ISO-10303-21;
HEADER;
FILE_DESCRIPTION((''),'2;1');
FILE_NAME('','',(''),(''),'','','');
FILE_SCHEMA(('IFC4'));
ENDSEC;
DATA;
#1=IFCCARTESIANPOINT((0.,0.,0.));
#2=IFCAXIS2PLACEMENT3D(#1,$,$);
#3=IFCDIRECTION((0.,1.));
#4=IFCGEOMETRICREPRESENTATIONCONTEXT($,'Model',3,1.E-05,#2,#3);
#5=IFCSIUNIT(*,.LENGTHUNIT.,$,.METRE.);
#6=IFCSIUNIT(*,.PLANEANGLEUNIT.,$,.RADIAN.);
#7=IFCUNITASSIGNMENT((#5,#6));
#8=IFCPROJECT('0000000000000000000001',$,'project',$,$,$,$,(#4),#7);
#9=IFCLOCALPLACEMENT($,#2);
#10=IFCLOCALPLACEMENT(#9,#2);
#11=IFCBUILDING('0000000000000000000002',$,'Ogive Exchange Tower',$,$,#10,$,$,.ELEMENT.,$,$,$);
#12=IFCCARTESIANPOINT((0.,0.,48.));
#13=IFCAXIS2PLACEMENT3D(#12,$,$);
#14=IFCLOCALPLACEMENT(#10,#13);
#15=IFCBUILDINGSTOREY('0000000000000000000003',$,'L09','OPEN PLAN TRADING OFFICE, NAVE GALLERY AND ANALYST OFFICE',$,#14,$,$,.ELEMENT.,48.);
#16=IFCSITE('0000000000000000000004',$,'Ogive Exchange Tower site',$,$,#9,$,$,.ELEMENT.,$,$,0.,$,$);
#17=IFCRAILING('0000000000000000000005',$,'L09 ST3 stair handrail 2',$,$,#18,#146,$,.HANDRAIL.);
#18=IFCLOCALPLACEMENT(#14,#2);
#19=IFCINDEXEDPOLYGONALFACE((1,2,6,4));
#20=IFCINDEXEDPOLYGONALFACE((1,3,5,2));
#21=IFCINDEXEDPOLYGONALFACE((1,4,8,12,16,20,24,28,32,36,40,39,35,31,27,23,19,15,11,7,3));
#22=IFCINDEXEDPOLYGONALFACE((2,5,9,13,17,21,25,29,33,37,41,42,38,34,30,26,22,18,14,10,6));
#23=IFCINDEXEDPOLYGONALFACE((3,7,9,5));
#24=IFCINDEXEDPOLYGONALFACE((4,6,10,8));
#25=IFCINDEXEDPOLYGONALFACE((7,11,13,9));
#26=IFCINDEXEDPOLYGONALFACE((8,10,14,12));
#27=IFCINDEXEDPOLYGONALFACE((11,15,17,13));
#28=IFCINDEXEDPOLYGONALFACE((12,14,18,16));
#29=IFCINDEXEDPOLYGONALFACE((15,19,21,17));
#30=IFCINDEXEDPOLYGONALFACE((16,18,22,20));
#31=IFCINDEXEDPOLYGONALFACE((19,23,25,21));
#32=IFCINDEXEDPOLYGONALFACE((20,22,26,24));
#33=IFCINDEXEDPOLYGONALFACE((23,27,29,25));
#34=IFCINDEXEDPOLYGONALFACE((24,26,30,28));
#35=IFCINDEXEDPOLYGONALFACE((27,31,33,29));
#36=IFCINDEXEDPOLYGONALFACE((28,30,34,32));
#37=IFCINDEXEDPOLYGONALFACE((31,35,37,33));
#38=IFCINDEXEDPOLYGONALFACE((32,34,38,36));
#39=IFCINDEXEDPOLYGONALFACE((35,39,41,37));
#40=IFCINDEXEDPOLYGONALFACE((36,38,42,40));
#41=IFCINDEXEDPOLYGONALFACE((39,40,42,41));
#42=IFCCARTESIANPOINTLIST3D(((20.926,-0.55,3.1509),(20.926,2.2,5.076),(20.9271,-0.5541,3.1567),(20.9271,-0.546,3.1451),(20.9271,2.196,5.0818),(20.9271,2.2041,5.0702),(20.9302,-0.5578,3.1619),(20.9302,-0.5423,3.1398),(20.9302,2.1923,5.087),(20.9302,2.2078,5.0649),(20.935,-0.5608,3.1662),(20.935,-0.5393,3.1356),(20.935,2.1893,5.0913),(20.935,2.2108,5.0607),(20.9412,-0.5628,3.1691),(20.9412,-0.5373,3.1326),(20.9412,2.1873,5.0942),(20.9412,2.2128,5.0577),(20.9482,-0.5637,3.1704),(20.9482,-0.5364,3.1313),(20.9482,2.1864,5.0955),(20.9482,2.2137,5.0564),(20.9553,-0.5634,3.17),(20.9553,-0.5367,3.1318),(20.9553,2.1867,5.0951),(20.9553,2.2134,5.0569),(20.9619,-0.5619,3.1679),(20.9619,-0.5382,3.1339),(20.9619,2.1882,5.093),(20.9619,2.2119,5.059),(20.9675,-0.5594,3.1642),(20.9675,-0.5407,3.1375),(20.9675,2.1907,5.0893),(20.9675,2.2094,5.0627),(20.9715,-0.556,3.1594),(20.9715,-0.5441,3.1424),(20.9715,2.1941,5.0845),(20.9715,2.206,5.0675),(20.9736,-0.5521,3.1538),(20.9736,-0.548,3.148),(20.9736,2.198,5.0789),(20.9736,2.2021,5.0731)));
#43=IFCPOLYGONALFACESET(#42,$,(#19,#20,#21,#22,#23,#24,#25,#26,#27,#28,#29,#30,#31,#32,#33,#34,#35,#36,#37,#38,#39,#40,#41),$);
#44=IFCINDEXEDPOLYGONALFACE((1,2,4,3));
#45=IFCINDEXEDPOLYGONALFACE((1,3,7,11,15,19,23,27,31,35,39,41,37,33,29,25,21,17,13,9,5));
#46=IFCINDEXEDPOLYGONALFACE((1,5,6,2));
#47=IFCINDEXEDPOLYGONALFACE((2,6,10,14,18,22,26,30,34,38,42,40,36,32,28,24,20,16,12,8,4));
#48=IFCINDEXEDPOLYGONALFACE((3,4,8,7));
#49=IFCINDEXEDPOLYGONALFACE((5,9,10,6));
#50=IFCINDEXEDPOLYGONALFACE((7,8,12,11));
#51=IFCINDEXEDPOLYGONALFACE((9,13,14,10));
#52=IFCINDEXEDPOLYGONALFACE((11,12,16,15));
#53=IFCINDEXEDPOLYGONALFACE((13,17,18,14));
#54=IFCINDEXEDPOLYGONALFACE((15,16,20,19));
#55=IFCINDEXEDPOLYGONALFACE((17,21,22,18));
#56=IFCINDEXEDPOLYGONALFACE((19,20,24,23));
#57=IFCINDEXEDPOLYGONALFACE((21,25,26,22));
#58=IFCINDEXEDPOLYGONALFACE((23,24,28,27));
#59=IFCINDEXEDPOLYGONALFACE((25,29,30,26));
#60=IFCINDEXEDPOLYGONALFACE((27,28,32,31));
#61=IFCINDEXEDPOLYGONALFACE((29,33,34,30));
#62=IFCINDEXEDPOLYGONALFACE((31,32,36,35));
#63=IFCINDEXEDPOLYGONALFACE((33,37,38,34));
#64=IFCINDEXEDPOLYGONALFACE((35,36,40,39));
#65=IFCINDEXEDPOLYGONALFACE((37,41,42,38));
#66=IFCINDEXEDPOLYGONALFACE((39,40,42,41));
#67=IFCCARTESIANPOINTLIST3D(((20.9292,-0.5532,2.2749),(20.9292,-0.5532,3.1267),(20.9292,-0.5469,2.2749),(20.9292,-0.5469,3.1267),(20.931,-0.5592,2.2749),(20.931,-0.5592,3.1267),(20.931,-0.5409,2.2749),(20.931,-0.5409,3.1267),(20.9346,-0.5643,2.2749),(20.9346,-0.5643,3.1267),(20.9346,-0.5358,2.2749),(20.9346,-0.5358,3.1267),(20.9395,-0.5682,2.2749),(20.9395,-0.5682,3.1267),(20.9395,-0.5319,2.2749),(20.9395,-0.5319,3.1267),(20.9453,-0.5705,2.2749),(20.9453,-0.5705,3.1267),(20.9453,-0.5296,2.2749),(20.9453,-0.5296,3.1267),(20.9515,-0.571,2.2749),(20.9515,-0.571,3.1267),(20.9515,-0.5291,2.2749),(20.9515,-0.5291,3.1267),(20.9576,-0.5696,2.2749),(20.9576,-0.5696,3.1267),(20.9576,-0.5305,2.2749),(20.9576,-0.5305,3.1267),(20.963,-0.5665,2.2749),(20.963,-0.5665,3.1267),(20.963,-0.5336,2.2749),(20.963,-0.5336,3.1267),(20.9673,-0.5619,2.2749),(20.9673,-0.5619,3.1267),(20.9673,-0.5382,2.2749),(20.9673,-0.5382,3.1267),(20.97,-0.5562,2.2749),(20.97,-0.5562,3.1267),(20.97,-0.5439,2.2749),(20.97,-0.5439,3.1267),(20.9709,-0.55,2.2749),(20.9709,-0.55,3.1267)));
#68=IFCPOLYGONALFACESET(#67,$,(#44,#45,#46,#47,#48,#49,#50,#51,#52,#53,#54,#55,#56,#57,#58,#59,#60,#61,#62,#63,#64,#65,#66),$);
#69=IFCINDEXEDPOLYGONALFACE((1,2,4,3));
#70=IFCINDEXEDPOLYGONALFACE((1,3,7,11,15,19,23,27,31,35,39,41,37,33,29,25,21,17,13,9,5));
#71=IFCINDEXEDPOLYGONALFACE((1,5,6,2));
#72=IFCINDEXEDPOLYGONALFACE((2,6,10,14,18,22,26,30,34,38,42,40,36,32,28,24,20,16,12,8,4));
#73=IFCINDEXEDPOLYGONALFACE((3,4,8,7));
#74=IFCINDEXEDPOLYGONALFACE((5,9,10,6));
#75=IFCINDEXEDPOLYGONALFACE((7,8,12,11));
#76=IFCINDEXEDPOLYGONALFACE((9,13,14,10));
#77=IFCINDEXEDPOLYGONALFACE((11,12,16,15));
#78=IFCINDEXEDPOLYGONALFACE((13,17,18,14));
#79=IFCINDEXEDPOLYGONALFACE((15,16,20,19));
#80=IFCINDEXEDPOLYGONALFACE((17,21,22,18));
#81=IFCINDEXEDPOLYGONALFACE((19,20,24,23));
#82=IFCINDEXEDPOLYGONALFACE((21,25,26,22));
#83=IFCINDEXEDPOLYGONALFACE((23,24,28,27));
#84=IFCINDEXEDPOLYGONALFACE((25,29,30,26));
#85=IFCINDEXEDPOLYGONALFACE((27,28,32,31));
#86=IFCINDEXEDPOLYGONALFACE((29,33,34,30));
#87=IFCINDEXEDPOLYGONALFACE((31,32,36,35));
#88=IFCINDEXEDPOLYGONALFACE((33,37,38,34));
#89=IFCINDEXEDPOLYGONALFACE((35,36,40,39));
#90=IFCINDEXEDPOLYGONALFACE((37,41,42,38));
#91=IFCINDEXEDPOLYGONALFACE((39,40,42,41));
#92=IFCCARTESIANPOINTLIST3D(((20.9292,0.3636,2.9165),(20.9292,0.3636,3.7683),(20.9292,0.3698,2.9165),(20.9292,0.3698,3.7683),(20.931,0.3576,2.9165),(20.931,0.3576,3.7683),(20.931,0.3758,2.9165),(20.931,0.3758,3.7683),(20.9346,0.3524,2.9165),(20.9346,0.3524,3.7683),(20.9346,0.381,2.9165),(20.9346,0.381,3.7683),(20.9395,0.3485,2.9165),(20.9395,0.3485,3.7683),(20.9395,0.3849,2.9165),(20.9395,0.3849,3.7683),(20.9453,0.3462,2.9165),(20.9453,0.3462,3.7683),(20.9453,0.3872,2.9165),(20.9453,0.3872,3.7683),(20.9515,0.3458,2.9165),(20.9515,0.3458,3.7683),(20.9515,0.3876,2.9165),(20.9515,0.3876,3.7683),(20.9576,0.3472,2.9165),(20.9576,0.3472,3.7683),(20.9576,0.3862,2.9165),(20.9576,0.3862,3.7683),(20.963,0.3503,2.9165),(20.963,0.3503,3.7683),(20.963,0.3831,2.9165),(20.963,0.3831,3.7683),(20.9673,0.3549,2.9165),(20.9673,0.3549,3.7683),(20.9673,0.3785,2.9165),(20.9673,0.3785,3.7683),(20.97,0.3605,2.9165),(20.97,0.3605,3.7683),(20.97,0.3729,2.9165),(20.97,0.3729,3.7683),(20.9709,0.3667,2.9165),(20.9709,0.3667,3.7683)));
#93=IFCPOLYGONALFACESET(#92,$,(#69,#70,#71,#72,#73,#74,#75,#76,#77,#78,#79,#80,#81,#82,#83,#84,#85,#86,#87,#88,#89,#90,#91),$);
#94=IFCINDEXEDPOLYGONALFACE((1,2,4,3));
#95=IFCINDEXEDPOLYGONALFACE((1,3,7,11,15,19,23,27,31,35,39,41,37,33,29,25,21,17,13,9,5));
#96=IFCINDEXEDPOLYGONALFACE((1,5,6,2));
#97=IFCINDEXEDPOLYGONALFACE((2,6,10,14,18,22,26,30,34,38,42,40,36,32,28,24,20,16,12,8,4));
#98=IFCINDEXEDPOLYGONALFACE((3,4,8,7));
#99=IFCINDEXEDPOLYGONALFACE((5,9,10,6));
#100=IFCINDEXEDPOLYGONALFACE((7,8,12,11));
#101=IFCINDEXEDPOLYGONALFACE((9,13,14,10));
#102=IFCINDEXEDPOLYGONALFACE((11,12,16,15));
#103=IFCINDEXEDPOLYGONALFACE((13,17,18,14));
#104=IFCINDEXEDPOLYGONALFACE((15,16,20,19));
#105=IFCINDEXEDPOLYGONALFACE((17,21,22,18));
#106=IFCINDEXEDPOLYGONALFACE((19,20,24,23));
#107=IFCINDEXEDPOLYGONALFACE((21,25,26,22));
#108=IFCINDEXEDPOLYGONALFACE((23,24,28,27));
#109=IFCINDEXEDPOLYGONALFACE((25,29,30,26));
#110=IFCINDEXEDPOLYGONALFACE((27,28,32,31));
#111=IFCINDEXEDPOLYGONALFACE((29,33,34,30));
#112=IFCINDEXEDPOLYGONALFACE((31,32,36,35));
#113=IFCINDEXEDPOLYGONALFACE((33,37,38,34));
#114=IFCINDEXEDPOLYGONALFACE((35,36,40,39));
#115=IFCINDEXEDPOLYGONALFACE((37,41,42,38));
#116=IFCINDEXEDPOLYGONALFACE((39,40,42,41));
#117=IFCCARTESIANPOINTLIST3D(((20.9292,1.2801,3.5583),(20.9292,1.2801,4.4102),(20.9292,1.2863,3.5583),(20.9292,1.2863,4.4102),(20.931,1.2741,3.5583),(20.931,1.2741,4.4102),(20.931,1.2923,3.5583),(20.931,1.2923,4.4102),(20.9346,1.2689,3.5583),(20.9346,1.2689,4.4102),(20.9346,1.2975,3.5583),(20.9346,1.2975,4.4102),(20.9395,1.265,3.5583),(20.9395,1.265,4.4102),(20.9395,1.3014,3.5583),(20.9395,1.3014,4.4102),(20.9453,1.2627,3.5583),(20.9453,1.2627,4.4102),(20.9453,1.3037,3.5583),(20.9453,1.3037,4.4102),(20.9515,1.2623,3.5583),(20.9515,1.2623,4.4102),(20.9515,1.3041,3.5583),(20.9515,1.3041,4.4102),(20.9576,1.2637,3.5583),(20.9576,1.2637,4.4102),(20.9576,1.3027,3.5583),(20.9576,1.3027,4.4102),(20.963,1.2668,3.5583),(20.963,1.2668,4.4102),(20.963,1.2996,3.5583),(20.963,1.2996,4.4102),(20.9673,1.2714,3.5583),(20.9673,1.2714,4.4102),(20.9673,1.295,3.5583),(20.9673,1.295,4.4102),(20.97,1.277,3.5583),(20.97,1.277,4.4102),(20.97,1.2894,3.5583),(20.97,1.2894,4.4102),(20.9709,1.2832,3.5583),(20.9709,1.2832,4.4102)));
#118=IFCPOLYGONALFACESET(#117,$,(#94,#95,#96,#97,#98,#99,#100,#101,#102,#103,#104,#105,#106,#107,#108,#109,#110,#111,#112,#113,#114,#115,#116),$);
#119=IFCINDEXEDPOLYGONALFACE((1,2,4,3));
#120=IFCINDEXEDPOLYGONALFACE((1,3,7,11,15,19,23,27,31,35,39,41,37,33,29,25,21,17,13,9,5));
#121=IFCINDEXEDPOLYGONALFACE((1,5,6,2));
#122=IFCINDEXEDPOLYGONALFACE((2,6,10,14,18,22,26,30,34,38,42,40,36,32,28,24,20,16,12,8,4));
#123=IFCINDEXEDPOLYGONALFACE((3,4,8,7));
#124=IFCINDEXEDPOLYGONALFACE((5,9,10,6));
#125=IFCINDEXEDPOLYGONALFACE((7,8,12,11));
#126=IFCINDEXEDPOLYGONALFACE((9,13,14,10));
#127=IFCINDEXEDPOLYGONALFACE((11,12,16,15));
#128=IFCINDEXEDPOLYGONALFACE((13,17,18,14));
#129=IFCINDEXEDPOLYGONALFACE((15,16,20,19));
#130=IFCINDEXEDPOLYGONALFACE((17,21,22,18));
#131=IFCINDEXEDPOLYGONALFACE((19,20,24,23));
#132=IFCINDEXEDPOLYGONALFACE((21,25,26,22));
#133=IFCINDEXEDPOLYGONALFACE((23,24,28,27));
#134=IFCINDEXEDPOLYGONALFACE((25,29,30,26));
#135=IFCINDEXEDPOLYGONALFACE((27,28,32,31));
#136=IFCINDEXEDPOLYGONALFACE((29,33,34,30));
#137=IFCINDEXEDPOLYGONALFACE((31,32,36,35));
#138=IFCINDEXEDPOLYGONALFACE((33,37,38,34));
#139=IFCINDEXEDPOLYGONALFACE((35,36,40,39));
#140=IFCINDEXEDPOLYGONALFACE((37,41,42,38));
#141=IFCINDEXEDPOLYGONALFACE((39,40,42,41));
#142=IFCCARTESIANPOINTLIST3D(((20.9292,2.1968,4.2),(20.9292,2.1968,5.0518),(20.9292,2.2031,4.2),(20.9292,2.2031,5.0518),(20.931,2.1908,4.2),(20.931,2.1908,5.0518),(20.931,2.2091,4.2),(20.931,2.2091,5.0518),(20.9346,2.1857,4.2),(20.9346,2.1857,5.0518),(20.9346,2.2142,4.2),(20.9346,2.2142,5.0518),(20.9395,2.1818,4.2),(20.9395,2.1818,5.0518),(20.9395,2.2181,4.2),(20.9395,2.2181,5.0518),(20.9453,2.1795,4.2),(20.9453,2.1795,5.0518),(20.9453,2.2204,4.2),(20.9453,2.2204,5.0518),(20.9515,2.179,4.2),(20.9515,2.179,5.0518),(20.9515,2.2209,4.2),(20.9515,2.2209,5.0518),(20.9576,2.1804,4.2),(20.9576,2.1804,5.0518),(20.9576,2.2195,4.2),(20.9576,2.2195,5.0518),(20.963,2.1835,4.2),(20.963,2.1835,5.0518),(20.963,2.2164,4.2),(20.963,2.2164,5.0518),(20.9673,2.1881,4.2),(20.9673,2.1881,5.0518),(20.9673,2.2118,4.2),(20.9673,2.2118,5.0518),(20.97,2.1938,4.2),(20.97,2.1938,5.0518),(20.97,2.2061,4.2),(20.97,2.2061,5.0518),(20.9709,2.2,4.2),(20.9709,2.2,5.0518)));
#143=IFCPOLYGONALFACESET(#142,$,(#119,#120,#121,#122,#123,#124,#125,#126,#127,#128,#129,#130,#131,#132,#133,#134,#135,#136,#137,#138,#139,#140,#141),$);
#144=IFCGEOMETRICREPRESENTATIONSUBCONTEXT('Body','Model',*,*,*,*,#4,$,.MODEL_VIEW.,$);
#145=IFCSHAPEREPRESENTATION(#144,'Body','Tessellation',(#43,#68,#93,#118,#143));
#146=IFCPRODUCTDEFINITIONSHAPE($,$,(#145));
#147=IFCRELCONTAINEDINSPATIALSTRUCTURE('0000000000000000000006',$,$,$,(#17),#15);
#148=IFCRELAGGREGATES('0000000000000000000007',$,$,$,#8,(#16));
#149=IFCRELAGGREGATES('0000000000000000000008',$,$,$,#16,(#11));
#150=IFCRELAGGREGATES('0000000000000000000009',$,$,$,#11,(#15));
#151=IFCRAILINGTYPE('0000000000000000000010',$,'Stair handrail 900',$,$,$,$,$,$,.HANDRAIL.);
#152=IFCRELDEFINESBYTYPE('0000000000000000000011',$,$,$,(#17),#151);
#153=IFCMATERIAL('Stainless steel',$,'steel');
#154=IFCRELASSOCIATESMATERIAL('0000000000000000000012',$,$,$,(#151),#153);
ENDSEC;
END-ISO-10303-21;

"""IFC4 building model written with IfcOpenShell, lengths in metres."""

from ifc_helpers import new_model, si_unit, direction, frame, origin, origin_2d, place, context, subcontext, project, spatial, circle, extrude, material, type_object, element, save


model = new_model("IFC4")

# Units and contexts
model_context = context("Model", 3, precision=1e-05, world=origin(), true_north=direction((0.0, 1.0)))
body_context = subcontext(model_context, "Body", "Model", "MODEL_VIEW")
ifc_project = project(units=[si_unit("LENGTHUNIT", "METRE"), si_unit("PLANEANGLEUNIT", "RADIAN")], contexts=[model_context])

# Site, building, storey
site_placement = place(None, origin())
site = spatial("IfcSite", under=ifc_project, at=site_placement, Name="Ogive Exchange Tower site", CompositionType="ELEMENT", RefElevation=0.0)
building_placement = place(site_placement, origin())
building = spatial("IfcBuilding", under=site, at=building_placement, Name="Ogive Exchange Tower", CompositionType="ELEMENT")
storey_placement = place(building_placement, frame((0.0, 0.0, 48.0)))
storey = spatial("IfcBuildingStorey", under=building, at=storey_placement, Name="L09", Description="OPEN PLAN TRADING OFFICE, NAVE GALLERY AND ANALYST OFFICE", CompositionType="ELEMENT", Elevation=48.0)

# Shared definitions
ifc_material_1 = material(Name="Stainless steel", Category="steel")

# Railing
railing_type = type_object("IfcRailingType", Name="Stair handrail 900", PredefinedType="HANDRAIL", material=ifc_material_1)
railing_placement = place(storey_placement, frame((20.95, -0.55, 2.2749)))
element("IfcRailing", 1, at=railing_placement, inside=storey, type_object=railing_type, Name="L09 ST3 stair handrail 2", PredefinedType="HANDRAIL", context=body_context, shape_type="SweptSolid", body=[
    extrude(circle(Radius=0.0239, at=origin_2d()), frame((0.0, 0.0, 0.876), z_axis=(0.0, 0.819225, 0.573472), x_axis=(-1.0, 0.0, 0.0)), (0.0, 0.0, 1.0), 3.3569),
    extrude(circle(Radius=0.021, at=origin_2d()), origin(), (0.0, 0.0, 1.0), 0.8518),
    extrude(circle(Radius=0.021, at=origin_2d()), frame((0.0, 0.9167, 0.6416)), (0.0, 0.0, 1.0), 0.8518),
    extrude(circle(Radius=0.021, at=origin_2d()), frame((0.0, 1.8333, 1.2834)), (0.0, 0.0, 1.0), 0.8518),
    extrude(circle(Radius=0.021, at=origin_2d()), frame((0.0, 2.75, 1.925)), (0.0, 0.0, 1.0), 0.8518),
])

save(model, "model.ifc")
